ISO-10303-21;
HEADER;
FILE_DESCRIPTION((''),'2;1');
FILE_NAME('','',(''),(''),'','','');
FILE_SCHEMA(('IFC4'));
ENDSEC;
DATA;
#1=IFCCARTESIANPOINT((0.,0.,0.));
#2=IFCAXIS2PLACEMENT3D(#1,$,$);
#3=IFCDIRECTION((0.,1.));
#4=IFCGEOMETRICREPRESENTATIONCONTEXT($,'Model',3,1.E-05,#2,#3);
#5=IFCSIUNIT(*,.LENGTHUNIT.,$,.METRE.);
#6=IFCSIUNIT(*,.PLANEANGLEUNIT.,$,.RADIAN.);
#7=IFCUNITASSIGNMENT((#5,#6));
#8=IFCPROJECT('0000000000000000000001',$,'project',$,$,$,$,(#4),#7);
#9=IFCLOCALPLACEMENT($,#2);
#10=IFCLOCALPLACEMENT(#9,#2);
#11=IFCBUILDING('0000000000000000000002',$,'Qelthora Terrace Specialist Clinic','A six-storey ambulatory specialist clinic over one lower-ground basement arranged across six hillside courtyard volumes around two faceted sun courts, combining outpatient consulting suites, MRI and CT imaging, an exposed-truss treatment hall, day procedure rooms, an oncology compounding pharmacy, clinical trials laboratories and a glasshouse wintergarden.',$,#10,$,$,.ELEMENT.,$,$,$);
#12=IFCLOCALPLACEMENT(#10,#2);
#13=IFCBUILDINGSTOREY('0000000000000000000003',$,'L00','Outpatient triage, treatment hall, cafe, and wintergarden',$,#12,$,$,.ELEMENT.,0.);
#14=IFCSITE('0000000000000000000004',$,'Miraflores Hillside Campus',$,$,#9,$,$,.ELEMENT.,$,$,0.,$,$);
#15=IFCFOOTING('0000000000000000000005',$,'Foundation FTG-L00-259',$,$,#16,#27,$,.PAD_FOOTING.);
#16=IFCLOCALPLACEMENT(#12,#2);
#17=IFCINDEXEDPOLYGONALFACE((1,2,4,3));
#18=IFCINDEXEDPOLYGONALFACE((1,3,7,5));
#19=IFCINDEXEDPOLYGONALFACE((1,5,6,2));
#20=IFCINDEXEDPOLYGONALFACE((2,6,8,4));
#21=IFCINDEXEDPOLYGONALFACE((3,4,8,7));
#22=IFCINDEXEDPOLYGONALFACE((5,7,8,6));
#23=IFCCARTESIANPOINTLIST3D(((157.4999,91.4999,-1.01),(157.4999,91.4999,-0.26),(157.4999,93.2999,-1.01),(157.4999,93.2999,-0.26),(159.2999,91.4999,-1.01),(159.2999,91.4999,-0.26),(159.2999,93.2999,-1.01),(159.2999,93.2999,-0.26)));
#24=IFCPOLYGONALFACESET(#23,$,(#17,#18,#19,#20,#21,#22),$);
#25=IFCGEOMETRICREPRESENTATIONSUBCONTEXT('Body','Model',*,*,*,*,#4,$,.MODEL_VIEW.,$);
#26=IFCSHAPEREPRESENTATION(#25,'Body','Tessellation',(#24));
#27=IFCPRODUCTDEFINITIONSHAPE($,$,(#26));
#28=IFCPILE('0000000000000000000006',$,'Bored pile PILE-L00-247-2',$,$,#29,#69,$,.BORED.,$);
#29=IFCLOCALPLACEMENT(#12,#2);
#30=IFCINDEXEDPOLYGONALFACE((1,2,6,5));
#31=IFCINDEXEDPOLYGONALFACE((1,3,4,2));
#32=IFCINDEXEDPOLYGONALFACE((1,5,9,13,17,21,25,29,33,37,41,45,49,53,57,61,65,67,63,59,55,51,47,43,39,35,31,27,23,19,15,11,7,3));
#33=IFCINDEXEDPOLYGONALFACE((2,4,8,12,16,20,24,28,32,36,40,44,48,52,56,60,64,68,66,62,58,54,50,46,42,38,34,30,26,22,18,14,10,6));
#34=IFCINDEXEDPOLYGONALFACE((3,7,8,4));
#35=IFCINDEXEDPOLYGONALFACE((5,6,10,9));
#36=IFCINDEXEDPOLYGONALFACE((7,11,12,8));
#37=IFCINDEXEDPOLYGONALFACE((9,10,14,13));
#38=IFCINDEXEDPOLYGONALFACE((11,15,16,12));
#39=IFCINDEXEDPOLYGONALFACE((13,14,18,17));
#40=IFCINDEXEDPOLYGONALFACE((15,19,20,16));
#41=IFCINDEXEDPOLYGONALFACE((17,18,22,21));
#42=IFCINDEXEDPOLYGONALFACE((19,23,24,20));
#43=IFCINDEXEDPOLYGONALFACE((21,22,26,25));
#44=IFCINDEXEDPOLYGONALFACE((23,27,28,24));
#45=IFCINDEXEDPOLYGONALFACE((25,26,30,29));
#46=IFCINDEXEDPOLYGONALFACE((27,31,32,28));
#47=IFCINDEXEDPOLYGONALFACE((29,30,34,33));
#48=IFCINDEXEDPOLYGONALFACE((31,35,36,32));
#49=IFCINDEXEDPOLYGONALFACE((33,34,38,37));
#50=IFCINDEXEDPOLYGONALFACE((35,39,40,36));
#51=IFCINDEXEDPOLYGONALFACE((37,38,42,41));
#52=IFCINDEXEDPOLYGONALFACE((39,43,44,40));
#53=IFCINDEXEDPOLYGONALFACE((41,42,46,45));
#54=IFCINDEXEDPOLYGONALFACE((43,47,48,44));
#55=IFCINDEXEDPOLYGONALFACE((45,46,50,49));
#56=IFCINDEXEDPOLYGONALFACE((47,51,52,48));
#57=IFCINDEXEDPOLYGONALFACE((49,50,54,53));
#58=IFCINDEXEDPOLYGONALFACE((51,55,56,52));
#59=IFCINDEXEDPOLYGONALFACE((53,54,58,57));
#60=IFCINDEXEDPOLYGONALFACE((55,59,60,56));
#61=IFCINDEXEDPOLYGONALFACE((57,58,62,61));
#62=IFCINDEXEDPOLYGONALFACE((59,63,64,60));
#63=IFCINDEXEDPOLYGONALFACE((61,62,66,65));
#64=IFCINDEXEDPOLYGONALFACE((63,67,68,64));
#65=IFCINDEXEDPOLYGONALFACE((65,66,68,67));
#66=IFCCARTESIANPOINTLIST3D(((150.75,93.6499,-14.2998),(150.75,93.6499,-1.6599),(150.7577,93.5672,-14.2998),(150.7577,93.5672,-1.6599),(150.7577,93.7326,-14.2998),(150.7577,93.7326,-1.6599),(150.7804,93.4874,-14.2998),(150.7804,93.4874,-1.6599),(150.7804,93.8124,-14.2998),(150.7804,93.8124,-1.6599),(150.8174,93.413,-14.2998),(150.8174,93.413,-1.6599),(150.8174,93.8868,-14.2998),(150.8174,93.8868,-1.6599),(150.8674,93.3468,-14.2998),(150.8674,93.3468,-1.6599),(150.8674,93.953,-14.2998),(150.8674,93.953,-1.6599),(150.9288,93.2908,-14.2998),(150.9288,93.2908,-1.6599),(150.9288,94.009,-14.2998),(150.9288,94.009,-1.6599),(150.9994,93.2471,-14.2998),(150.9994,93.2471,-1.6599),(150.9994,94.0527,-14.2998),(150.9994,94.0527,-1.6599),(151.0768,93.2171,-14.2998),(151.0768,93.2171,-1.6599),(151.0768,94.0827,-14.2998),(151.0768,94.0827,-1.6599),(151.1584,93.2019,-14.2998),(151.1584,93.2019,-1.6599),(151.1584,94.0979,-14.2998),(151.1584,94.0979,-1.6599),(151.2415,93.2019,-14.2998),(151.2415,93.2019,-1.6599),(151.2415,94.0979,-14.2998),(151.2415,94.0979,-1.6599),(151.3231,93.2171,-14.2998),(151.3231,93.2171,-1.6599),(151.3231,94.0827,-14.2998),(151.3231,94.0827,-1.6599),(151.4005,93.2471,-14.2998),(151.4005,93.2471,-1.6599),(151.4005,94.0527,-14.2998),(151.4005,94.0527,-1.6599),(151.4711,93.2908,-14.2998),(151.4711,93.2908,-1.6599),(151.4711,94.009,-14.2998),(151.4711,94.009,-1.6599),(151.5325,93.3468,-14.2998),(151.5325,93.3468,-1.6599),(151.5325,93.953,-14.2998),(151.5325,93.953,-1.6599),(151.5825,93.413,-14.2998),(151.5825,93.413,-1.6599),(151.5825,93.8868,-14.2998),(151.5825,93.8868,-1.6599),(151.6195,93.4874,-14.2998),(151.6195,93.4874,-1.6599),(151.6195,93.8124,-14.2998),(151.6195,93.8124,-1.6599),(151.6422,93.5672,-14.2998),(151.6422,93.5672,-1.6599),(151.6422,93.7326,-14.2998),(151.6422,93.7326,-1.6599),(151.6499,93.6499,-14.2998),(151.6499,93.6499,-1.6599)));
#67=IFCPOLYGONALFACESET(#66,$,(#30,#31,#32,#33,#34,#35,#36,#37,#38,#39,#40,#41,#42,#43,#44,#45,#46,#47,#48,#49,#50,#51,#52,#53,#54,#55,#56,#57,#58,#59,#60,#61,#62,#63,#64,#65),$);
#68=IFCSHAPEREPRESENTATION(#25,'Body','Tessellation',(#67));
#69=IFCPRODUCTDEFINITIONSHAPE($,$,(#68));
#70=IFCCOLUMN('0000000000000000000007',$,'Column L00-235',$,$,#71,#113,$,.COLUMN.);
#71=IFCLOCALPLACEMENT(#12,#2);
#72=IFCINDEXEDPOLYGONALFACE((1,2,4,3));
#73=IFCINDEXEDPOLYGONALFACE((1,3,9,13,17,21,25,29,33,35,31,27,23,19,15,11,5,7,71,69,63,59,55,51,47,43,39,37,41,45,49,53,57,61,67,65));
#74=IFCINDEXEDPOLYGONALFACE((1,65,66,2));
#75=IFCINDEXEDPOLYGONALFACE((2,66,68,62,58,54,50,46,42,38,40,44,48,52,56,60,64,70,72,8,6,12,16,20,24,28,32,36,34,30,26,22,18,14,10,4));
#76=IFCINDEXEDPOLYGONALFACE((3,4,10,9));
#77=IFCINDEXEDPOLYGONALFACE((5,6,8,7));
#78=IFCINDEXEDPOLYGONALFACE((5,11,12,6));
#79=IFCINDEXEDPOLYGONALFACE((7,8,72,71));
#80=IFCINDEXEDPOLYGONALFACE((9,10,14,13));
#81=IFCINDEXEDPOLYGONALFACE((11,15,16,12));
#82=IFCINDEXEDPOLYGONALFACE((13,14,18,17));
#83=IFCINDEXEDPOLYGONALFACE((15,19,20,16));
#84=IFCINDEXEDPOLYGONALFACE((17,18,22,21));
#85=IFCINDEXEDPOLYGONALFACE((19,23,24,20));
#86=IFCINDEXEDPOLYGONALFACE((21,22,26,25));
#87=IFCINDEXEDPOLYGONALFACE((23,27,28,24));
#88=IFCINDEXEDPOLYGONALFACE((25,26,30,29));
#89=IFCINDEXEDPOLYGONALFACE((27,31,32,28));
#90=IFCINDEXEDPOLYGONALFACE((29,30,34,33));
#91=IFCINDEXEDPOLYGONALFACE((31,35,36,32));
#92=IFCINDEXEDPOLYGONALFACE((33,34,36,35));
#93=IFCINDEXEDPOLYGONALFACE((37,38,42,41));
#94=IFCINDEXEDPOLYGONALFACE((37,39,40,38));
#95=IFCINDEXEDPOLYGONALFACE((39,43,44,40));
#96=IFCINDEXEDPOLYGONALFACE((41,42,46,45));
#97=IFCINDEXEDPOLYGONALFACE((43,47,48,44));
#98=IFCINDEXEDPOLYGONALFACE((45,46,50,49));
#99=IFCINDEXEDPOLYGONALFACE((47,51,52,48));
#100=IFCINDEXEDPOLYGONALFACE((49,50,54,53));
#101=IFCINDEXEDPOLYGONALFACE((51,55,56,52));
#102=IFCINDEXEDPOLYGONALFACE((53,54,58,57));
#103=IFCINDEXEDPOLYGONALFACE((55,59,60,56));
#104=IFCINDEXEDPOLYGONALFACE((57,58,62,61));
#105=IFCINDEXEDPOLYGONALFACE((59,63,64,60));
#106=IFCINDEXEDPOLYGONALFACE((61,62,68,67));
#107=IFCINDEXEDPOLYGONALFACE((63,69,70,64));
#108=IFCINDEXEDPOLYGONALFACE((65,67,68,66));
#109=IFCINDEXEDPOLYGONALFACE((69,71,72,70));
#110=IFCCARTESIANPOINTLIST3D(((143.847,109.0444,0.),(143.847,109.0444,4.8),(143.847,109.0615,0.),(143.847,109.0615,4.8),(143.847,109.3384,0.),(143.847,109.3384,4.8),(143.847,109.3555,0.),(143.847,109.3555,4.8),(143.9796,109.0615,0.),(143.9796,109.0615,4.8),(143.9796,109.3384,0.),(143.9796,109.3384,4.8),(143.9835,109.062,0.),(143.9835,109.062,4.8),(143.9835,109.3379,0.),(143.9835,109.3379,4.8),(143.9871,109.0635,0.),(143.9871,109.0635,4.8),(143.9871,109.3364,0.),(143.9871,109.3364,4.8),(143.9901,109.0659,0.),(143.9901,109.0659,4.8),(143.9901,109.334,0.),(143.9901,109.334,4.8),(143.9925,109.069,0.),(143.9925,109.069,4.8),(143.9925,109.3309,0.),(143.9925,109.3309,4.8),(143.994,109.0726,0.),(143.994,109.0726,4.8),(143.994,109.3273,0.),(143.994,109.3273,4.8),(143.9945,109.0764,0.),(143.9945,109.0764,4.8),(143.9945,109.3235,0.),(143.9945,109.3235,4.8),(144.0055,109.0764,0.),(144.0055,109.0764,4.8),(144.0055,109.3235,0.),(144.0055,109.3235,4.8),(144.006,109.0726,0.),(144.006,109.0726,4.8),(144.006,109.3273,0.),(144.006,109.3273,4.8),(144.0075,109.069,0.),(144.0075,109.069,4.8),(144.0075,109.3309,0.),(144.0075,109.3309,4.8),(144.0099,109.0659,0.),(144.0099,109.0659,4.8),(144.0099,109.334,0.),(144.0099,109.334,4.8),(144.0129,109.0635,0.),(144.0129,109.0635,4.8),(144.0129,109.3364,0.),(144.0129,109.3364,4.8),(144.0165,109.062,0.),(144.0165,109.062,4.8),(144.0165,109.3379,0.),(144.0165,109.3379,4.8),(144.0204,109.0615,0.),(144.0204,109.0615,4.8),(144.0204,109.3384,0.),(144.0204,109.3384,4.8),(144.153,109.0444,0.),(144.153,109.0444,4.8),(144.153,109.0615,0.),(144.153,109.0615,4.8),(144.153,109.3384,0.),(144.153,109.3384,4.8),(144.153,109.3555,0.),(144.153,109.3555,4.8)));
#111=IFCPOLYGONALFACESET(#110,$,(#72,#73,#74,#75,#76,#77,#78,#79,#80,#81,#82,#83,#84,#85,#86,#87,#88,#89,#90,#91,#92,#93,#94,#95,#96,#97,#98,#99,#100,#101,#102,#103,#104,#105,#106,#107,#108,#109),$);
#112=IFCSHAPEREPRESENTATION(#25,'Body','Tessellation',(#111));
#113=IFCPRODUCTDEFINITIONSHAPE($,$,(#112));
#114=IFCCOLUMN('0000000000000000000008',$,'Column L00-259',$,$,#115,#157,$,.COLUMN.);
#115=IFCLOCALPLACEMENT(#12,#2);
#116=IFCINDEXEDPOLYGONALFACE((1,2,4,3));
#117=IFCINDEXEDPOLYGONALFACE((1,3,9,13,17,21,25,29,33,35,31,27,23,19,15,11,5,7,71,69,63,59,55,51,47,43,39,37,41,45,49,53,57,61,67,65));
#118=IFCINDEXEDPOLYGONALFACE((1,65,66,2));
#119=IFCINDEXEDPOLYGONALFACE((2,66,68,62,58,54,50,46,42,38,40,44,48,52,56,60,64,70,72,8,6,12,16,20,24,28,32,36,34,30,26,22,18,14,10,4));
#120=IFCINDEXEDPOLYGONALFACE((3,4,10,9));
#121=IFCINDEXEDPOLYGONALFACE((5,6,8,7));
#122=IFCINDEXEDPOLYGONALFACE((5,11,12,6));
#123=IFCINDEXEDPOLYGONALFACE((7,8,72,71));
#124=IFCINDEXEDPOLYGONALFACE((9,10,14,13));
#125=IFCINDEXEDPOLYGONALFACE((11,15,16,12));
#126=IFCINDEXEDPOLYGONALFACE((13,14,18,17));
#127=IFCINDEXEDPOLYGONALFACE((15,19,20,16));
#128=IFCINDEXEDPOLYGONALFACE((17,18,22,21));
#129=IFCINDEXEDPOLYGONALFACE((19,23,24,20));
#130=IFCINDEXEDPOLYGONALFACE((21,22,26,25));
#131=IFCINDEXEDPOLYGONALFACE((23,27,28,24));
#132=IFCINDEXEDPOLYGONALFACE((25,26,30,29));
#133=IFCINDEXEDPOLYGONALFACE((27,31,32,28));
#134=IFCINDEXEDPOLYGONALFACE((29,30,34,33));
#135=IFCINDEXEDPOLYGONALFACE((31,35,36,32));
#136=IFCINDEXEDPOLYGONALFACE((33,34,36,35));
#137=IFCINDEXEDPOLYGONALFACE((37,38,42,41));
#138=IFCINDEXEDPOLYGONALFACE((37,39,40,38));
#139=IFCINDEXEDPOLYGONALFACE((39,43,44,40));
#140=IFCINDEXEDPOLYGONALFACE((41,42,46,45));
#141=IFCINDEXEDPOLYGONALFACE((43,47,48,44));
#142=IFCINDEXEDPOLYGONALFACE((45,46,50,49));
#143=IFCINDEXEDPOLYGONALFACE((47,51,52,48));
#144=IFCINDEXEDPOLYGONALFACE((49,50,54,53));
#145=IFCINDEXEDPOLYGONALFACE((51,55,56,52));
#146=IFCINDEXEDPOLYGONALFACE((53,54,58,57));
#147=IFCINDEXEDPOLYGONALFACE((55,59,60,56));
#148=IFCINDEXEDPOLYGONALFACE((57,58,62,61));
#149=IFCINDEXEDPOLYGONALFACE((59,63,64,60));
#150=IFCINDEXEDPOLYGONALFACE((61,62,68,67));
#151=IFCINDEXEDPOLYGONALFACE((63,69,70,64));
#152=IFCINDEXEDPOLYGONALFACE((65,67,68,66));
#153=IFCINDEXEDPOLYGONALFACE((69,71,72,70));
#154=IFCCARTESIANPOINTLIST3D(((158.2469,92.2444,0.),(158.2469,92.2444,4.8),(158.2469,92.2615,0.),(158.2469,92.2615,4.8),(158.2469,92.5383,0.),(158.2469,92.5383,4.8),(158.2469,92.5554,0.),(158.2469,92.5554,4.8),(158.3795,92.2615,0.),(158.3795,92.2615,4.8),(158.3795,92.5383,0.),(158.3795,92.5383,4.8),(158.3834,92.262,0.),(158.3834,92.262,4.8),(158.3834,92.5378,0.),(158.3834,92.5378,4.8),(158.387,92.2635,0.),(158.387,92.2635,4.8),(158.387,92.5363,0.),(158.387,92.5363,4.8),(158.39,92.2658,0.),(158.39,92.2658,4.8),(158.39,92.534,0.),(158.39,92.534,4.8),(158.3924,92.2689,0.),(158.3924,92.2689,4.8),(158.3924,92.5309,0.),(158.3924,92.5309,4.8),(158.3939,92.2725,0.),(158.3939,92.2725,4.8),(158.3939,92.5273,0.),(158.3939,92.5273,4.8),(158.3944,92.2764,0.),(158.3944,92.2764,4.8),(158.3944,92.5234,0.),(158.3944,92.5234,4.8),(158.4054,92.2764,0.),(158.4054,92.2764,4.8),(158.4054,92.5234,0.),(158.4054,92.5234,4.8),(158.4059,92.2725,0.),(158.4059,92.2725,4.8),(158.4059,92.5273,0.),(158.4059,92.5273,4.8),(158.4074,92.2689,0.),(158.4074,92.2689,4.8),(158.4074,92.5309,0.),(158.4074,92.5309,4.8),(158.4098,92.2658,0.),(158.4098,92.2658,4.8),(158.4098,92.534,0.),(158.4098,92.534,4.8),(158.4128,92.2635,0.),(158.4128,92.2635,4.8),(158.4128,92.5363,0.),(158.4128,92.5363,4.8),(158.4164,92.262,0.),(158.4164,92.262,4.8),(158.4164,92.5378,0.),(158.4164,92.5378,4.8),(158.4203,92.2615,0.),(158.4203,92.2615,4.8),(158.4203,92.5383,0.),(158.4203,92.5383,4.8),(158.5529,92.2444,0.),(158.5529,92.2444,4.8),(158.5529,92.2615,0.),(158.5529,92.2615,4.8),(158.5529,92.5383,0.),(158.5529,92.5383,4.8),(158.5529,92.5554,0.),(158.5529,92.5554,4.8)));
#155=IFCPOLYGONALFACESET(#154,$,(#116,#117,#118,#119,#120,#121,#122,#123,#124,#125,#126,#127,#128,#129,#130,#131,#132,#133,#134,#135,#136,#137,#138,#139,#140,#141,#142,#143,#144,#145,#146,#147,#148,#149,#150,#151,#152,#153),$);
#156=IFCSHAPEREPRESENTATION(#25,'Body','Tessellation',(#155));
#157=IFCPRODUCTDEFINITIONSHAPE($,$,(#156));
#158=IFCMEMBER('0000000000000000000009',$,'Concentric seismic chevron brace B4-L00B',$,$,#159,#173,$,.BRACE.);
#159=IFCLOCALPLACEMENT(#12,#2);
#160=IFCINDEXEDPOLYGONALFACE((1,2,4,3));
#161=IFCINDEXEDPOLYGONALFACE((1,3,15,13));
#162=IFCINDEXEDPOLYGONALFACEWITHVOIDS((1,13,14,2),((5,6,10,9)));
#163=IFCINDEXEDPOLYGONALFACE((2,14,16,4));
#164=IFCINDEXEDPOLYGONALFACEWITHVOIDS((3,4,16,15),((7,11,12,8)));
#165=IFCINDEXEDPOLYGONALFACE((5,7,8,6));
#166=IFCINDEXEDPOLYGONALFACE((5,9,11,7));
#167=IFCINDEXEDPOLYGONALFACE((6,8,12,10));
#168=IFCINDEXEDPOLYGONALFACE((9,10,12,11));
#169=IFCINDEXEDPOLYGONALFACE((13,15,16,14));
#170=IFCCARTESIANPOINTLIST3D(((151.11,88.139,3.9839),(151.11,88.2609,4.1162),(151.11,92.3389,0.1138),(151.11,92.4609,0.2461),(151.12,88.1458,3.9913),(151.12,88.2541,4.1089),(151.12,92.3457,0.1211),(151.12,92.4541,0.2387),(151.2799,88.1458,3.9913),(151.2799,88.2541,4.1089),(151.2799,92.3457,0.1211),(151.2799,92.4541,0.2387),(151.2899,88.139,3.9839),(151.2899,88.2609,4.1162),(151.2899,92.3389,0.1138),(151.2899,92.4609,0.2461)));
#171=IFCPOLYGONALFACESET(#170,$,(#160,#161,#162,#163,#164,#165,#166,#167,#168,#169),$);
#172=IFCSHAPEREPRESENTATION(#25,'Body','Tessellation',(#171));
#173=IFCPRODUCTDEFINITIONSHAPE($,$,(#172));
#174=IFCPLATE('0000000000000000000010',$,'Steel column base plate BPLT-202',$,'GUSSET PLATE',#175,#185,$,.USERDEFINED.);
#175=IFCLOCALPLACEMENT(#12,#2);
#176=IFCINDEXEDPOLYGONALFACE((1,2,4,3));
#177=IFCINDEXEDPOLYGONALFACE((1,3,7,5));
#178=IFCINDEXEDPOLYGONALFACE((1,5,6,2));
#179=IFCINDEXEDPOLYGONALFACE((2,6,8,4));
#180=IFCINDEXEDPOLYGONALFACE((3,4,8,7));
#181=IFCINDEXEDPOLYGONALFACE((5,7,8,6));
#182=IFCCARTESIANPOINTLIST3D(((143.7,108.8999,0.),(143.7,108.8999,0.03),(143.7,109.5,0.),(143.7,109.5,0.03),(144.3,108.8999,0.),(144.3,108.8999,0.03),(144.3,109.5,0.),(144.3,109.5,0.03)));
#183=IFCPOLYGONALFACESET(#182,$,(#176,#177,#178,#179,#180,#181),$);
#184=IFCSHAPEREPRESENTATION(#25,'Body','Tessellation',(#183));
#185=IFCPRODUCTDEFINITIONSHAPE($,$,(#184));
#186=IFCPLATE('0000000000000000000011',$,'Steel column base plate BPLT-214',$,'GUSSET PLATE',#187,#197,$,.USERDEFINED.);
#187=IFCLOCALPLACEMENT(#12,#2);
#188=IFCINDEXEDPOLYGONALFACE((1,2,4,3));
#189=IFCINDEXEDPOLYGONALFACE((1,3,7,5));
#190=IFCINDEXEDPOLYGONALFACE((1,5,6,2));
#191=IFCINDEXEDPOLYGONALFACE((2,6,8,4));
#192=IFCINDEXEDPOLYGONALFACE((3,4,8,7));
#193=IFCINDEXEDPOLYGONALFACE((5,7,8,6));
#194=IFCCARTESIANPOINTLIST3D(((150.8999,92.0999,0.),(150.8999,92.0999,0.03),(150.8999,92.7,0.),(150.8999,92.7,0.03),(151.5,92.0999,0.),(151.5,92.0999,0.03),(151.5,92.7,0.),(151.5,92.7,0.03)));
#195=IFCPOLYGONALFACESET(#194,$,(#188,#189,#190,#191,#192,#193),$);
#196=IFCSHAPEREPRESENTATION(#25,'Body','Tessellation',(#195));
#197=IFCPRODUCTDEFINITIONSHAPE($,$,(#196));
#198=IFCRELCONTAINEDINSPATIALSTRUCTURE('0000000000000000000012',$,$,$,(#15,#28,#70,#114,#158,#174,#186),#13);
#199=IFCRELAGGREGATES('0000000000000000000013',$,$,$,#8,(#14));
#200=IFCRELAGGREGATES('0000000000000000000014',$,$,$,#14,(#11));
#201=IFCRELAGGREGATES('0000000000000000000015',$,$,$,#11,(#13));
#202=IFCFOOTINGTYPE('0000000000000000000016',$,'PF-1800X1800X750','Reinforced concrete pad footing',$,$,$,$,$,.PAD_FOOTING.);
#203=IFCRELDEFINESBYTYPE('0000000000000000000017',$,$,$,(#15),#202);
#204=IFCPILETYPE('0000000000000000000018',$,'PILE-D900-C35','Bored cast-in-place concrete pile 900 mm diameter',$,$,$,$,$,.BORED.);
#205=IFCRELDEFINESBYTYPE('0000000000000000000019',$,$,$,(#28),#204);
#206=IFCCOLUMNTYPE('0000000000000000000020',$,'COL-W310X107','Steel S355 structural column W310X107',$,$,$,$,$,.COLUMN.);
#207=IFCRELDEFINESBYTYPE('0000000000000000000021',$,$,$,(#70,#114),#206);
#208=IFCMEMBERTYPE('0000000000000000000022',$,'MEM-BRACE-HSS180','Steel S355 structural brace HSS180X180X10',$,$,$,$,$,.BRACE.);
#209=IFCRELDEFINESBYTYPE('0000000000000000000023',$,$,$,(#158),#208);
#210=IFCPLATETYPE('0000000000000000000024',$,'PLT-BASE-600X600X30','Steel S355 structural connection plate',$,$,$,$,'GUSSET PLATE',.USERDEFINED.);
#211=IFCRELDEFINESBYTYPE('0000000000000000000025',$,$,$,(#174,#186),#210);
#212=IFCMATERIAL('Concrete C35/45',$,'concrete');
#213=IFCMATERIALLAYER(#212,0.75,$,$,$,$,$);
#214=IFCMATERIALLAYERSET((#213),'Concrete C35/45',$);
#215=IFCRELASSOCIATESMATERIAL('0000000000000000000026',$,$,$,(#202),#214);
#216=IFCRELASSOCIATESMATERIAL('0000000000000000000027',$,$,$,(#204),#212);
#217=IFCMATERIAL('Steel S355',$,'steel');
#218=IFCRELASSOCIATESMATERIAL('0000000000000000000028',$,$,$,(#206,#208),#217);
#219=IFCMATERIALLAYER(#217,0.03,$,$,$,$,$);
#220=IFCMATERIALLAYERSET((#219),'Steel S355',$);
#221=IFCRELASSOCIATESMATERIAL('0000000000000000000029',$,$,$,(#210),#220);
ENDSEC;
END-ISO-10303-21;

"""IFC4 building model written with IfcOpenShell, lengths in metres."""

from ifc_helpers import new_model, si_unit, direction, frame, origin, origin_2d, place, context, subcontext, project, spatial, rectangle, hollow_rectangle, circle, i_section, extrude, material, layer, layer_set, material_profile, profile_set, type_object, element, save


model = new_model("IFC4")

# Units and contexts
model_context = context("Model", 3, precision=1e-05, world=origin(), true_north=direction((0.0, 1.0)))
body_context = subcontext(model_context, "Body", "Model", "MODEL_VIEW")
ifc_project = project(units=[si_unit("LENGTHUNIT", "METRE"), si_unit("PLANEANGLEUNIT", "RADIAN")], contexts=[model_context])

# Site, building, storey
site_placement = place(None, origin())
site = spatial("IfcSite", under=ifc_project, at=site_placement, Name="Miraflores Hillside Campus", CompositionType="ELEMENT", RefElevation=0.0)
building_placement = place(site_placement, origin())
building = spatial("IfcBuilding", under=site, at=building_placement, Name="Qelthora Terrace Specialist Clinic", Description="A six-storey ambulatory specialist clinic over one lower-ground basement arranged across six hillside courtyard volumes around two faceted sun courts, combining outpatient consulting suites, MRI and CT imaging, an exposed-truss treatment hall, day procedure rooms, an oncology compounding pharmacy, clinical trials laboratories and a glasshouse wintergarden.", CompositionType="ELEMENT")
storey_placement = place(building_placement, origin())
storey = spatial("IfcBuildingStorey", under=building, at=storey_placement, Name="L00", Description="Outpatient triage, treatment hall, cafe, and wintergarden", CompositionType="ELEMENT", Elevation=0.0)

# Footing
ifc_material_1 = material(Name="Concrete C35/45", Category="concrete")
ifc_layer_1 = layer(ifc_material_1, 0.75)
ifc_layer_set_1 = layer_set([ifc_layer_1], Name="Concrete C35/45")
footing_type = type_object("IfcFootingType", Name="PF-1800X1800X750", Description="Reinforced concrete pad footing", PredefinedType="PAD_FOOTING", material=ifc_layer_set_1)
footing_placement = place(storey_placement, frame((158.3999, 92.3999, -1.01), z_axis=(0.0, 0.0, 1.0), x_axis=(1.0, 0.0, 0.0)))
element("IfcFooting", 1, at=footing_placement, inside=storey, type_object=footing_type, Name="Foundation FTG-L00-259", PredefinedType="PAD_FOOTING", context=body_context, shape_type="SweptSolid", body=[
    extrude(rectangle(XDim=1.8, YDim=1.8, at=origin_2d()), origin(), (0.0, 0.0, 1.0), 0.75),
])

# Pile
ifc_material_profile_1 = material_profile(ifc_material_1, circle(Radius=0.45, at=origin_2d()), Name="PILE900")
ifc_profile_set_1 = profile_set([ifc_material_profile_1], Name="Concrete C35/45")
pile_type = type_object("IfcPileType", Name="PILE-D900-C35", Description="Bored cast-in-place concrete pile 900 mm diameter", PredefinedType="BORED", material=ifc_profile_set_1)
pile_placement = place(storey_placement, frame((151.2, 93.6499, -1.6599), z_axis=(0.0, 0.0, -1.0), x_axis=(1.0, 0.0, 0.0)))
element("IfcPile", 2, at=pile_placement, inside=storey, type_object=pile_type, Name="Bored pile PILE-L00-247-2", PredefinedType="BORED", context=body_context, shape_type="SweptSolid", body=[
    extrude(circle(Radius=0.45, at=origin_2d()), origin(), (0.0, 0.0, 1.0), 12.6399),
])

# Columns
ifc_material_2 = material(Name="Steel S355", Category="steel")
ifc_material_profile_2 = material_profile(ifc_material_2, i_section(OverallWidth=0.3059, OverallDepth=0.311, WebThickness=0.011, FlangeThickness=0.0171, FilletRadius=0.0149, at=origin_2d()), Name="W310X107")
ifc_profile_set_2 = profile_set([ifc_material_profile_2], Name="Steel S355")
column_type = type_object("IfcColumnType", Name="COL-W310X107", Description="Steel S355 structural column W310X107", PredefinedType="COLUMN", material=ifc_profile_set_2)
for number, where, z_axis, x_axis, name in (
    (3, (144.0, 109.2, 0.0), (0.0, 0.0, 1.0), (1.0, 0.0, 0.0), "Column L00-235"),
    (4, (158.3999, 92.3999, 0.0), (0.0, 0.0, 1.0), (1.0, 0.0, 0.0), "Column L00-259"),
):
    element("IfcColumn", number, at=place(storey_placement, frame(where, z_axis=z_axis, x_axis=x_axis)), inside=storey, type_object=column_type, Name=name, PredefinedType="COLUMN", context=body_context, shape_type="SweptSolid", body=[
        extrude(i_section(OverallWidth=0.3059, OverallDepth=0.311, WebThickness=0.011, FlangeThickness=0.0171, FilletRadius=0.0149, at=origin_2d()), origin(), (0.0, 0.0, 1.0), 4.8),
    ])

# Member
ifc_material_profile_3 = material_profile(ifc_material_2, hollow_rectangle(XDim=0.1799, YDim=0.1799, WallThickness=0.01, at=origin_2d()), Name="HSS180X180X10")
ifc_profile_set_3 = profile_set([ifc_material_profile_3], Name="Steel S355")
member_type = type_object("IfcMemberType", Name="MEM-BRACE-HSS180", Description="Steel S355 structural brace HSS180X180X10", PredefinedType="BRACE", material=ifc_profile_set_3)
member_placement = place(storey_placement, frame((151.2, 92.3999, 0.1799), z_axis=(0.0, -0.735393, 0.677641), x_axis=(1.0, 0.0, 0.0)))
element("IfcMember", 5, at=member_placement, inside=storey, type_object=member_type, Name="Concentric seismic chevron brace B4-L00B", PredefinedType="BRACE", context=body_context, shape_type="SweptSolid", body=[
    extrude(hollow_rectangle(XDim=0.1799, YDim=0.1799, WallThickness=0.01, at=origin_2d()), origin(), (0.0, 0.0, 1.0), 5.7112),
])

# Plates
ifc_layer_2 = layer(ifc_material_2, 0.03)
ifc_layer_set_2 = layer_set([ifc_layer_2], Name="Steel S355")
plate_type_1 = type_object("IfcPlateType", Name="PLT-BASE-600X600X30", Description="Steel S355 structural connection plate", ElementType="GUSSET PLATE", PredefinedType="USERDEFINED", material=ifc_layer_set_2)
for number, where, z_axis, x_axis, name in (
    (6, (144.0, 109.2, 0.0), (0.0, 0.0, 1.0), (1.0, 0.0, 0.0), "Steel column base plate BPLT-202"),
    (7, (151.2, 92.3999, 0.0), (0.0, 0.0, 1.0), (1.0, 0.0, 0.0), "Steel column base plate BPLT-214"),
):
    element("IfcPlate", number, at=place(storey_placement, frame(where, z_axis=z_axis, x_axis=x_axis)), inside=storey, type_object=plate_type_1, Name=name, ObjectType="GUSSET PLATE", PredefinedType="USERDEFINED", context=body_context, shape_type="SweptSolid", body=[
        extrude(rectangle(XDim=0.6001, YDim=0.6001, at=origin_2d()), origin(), (0.0, 0.0, 1.0), 0.03),
    ])

save(model, "model.ifc")
